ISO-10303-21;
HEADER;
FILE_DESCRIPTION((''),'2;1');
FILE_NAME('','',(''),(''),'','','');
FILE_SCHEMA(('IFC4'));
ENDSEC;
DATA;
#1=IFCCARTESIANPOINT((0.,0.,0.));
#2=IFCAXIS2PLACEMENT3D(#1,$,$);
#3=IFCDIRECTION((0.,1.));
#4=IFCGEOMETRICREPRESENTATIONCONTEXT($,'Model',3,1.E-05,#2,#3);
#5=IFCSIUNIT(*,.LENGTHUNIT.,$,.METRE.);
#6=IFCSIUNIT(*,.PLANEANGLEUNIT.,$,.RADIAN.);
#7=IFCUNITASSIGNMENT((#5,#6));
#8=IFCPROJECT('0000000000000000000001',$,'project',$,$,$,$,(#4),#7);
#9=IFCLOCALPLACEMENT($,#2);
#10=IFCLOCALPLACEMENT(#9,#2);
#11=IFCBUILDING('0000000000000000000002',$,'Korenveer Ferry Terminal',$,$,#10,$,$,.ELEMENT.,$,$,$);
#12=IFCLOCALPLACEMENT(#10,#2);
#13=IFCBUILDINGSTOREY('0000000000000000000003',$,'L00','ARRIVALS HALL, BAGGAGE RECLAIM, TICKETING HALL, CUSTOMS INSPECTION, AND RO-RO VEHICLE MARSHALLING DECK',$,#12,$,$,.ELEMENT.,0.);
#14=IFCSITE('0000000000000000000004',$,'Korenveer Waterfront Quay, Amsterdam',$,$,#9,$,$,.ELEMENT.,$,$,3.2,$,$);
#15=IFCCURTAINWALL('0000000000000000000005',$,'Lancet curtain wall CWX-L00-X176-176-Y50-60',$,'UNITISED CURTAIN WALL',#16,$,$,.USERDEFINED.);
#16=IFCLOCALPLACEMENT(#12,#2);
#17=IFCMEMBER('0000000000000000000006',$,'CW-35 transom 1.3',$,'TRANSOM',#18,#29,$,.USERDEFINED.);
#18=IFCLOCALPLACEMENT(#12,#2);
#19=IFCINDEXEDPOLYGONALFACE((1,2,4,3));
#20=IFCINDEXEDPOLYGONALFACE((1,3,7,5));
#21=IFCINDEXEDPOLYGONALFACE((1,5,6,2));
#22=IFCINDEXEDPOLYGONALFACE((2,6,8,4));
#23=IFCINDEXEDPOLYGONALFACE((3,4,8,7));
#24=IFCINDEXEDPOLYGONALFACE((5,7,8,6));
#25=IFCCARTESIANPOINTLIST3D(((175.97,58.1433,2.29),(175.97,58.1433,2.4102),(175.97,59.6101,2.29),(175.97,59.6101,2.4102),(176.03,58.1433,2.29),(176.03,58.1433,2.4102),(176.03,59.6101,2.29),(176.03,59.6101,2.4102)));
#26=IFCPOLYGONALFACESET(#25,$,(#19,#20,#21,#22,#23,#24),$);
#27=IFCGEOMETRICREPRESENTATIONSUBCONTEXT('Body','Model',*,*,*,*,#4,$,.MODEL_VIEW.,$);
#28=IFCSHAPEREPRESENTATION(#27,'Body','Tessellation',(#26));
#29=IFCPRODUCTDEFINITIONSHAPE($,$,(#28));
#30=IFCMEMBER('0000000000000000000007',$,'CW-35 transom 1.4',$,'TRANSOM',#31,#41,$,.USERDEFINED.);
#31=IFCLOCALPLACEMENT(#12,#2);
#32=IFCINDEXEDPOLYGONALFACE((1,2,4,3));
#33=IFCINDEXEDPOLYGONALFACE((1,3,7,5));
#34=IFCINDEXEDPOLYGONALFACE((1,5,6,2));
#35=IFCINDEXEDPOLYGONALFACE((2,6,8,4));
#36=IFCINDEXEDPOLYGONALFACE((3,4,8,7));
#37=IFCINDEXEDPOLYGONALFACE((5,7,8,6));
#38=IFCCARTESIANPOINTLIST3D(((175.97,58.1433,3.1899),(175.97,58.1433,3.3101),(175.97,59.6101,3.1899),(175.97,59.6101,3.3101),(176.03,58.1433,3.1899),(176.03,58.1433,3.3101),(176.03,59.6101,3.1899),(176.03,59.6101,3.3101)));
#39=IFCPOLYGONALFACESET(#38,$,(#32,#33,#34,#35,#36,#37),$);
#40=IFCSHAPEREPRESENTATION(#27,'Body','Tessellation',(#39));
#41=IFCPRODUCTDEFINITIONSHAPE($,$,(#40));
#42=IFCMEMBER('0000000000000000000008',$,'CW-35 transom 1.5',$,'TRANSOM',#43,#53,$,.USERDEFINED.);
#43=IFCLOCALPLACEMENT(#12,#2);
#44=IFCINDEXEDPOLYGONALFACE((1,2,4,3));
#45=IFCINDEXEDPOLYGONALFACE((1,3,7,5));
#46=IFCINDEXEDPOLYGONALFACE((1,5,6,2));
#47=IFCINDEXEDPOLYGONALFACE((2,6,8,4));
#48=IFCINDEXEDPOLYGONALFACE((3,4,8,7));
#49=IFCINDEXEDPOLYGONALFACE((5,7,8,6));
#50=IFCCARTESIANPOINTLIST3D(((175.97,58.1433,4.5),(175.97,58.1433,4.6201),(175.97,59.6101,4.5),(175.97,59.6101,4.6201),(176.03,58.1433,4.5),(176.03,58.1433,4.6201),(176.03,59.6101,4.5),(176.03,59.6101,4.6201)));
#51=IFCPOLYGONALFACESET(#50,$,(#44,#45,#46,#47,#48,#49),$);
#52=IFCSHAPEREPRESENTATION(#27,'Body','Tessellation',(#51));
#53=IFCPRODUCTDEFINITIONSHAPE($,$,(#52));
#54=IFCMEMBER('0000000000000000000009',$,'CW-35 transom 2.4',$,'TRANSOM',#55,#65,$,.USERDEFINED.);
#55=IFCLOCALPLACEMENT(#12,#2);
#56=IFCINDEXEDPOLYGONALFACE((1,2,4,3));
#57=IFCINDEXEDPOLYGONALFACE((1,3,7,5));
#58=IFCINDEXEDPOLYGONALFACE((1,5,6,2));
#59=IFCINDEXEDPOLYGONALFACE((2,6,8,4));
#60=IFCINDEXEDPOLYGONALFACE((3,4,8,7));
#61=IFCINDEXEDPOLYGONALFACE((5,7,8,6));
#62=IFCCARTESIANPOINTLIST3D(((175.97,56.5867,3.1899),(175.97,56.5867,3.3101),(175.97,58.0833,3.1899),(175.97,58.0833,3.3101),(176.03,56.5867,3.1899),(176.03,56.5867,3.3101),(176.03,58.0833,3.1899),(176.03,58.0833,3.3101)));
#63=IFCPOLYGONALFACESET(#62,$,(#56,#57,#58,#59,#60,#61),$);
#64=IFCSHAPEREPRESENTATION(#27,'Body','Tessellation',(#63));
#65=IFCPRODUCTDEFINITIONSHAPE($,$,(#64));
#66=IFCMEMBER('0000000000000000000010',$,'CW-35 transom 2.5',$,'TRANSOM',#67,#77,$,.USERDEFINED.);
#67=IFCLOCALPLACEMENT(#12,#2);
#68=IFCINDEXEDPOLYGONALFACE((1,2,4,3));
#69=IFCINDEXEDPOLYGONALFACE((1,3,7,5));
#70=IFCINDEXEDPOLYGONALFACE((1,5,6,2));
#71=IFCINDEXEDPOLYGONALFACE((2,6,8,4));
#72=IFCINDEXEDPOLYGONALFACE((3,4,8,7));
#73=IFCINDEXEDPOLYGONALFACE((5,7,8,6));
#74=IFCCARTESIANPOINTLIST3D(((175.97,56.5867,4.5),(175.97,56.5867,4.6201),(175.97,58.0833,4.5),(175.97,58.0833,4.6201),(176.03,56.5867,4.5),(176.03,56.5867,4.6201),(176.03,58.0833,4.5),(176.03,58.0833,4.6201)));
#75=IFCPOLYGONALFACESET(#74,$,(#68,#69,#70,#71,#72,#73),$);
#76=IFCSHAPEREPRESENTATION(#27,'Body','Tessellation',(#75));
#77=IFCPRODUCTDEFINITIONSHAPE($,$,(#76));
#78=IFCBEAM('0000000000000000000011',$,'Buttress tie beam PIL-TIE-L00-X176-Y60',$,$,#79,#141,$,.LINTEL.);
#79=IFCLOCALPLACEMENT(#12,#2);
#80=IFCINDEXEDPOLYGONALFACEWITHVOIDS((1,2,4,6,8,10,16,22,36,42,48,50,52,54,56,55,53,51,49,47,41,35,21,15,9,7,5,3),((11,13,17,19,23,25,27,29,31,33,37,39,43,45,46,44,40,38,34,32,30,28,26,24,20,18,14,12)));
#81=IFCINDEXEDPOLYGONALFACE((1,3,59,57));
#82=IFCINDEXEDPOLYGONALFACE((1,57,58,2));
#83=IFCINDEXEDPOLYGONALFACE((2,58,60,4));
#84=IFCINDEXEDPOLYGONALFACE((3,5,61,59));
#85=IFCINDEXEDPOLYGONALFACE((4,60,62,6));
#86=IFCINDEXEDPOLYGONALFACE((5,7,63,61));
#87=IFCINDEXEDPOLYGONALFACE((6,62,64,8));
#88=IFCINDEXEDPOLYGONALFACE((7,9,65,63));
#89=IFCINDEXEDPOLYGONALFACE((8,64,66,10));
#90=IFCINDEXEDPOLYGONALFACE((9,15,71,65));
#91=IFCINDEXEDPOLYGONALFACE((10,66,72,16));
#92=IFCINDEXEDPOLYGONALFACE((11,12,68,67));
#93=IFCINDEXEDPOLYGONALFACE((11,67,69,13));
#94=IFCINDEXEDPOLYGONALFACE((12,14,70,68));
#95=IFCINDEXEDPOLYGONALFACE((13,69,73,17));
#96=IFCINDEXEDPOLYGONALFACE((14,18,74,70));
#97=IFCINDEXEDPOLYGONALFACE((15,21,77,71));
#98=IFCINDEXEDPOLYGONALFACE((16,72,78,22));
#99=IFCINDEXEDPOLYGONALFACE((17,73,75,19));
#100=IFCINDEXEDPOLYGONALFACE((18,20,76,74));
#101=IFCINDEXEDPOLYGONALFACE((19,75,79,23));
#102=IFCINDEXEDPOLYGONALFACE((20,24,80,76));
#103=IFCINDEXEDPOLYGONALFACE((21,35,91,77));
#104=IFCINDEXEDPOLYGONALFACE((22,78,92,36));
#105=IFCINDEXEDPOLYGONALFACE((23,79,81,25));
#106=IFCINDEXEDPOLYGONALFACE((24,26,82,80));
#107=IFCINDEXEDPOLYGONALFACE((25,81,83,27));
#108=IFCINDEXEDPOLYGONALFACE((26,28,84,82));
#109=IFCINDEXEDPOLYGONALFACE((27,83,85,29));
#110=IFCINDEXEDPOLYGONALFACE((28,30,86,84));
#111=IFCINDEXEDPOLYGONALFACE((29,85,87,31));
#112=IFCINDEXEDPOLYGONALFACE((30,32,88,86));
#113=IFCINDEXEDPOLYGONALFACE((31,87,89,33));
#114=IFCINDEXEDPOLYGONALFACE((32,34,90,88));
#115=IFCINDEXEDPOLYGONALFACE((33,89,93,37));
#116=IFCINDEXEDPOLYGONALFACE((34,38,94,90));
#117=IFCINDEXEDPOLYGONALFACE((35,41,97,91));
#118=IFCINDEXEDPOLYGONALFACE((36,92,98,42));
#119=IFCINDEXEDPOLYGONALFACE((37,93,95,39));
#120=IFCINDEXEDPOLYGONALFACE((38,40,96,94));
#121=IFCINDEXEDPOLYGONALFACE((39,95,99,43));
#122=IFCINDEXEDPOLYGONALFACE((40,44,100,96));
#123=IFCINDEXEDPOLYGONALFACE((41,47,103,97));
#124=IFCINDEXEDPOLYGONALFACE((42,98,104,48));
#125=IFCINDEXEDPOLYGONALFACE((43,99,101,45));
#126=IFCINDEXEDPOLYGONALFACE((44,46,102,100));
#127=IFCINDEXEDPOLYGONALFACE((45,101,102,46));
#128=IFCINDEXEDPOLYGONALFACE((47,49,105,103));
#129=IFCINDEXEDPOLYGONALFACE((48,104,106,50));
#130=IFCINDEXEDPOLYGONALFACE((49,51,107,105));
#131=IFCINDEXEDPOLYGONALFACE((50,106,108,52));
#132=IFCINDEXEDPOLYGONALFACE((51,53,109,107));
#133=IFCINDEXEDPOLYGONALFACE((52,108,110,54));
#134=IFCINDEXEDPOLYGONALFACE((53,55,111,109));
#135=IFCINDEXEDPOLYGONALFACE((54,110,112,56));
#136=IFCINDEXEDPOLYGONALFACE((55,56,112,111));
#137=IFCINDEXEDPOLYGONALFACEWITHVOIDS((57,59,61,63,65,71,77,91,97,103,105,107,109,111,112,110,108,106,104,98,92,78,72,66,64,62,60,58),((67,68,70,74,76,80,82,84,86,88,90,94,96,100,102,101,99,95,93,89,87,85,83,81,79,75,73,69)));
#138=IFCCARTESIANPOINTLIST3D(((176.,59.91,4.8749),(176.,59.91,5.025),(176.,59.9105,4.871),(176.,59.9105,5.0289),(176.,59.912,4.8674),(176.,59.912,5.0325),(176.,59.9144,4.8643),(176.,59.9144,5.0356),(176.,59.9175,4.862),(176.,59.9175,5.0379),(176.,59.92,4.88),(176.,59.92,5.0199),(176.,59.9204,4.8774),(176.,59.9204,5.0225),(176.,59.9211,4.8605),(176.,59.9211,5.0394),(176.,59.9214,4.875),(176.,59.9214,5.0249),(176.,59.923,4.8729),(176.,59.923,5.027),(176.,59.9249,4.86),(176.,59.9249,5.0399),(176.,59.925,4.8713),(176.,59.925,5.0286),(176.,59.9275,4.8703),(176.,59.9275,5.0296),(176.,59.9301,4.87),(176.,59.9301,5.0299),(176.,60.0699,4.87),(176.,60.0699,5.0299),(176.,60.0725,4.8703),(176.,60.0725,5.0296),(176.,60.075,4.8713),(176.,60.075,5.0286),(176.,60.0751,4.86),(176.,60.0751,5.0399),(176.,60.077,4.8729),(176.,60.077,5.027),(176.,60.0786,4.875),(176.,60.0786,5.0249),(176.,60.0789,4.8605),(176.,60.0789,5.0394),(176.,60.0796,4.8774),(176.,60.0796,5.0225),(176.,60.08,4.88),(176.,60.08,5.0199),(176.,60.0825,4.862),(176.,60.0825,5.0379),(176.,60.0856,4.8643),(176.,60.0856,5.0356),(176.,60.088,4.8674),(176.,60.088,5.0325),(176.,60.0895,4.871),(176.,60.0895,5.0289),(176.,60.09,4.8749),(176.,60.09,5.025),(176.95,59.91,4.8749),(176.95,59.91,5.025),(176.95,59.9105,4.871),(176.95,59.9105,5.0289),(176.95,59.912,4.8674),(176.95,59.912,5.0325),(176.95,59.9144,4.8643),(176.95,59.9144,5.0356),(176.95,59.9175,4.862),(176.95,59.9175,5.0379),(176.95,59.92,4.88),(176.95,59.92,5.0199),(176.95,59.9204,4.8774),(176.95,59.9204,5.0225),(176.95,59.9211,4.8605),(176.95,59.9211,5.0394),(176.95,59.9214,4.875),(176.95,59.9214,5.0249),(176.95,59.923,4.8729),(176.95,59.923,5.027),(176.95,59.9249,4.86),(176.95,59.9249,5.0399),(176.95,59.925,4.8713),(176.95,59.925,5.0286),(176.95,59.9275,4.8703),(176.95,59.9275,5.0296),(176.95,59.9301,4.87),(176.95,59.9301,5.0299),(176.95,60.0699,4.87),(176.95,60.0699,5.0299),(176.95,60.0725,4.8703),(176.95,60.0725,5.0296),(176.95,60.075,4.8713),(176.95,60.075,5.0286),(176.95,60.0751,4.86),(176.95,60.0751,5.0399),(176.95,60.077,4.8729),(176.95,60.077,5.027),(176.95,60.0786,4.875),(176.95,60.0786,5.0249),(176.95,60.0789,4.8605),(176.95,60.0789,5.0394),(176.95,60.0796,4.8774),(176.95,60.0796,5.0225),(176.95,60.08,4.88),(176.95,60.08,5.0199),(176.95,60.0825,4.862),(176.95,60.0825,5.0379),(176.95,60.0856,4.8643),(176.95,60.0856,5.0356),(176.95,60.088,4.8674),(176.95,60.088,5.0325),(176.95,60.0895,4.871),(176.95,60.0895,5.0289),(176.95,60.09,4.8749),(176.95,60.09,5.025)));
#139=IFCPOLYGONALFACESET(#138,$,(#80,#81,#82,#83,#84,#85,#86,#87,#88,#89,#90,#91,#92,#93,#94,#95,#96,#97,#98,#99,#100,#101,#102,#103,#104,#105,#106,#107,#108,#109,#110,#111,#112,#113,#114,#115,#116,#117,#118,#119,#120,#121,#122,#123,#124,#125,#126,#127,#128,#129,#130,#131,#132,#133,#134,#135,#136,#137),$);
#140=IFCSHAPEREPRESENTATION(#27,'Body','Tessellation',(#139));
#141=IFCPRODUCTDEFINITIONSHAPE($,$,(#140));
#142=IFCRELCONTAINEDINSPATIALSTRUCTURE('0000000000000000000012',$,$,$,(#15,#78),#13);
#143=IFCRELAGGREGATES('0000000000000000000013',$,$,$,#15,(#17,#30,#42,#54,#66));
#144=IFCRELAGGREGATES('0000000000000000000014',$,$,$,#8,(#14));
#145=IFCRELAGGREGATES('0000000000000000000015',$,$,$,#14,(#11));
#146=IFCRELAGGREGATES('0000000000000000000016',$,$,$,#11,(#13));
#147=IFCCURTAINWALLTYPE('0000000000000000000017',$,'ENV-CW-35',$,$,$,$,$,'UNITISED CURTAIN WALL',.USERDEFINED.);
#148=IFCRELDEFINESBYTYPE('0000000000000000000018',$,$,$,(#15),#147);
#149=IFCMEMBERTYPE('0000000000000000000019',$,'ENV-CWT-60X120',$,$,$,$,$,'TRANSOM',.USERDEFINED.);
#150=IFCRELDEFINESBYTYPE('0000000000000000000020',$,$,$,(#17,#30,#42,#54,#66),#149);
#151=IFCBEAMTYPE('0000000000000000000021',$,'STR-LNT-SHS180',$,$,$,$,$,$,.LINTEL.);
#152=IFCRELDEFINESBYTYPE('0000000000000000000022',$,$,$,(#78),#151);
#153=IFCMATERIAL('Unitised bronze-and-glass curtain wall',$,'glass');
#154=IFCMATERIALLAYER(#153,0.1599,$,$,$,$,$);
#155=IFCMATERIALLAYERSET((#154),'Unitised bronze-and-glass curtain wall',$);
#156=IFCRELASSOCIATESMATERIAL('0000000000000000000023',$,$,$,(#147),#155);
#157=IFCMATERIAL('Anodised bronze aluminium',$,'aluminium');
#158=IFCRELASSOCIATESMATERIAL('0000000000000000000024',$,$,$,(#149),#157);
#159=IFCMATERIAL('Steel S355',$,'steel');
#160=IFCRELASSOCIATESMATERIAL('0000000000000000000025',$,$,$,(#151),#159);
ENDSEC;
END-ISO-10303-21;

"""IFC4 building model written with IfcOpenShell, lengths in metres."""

from ifc_helpers import new_model, si_unit, direction, frame, origin, origin_2d, place, context, subcontext, project, spatial, rectangle, hollow_rectangle, extrude, material, layer, layer_set, material_profile, profile_set, type_object, element, aggregate, save


model = new_model("IFC4")

# Units and contexts
model_context = context("Model", 3, precision=1e-05, world=origin(), true_north=direction((0.0, 1.0)))
body_context = subcontext(model_context, "Body", "Model", "MODEL_VIEW")
ifc_project = project(units=[si_unit("LENGTHUNIT", "METRE"), si_unit("PLANEANGLEUNIT", "RADIAN")], contexts=[model_context])

# Site, building, storey
site_placement = place(None, origin())
site = spatial("IfcSite", under=ifc_project, at=site_placement, Name="Korenveer Waterfront Quay, Amsterdam", CompositionType="ELEMENT", RefElevation=3.2)
building_placement = place(site_placement, origin())
building = spatial("IfcBuilding", under=site, at=building_placement, Name="Korenveer Ferry Terminal", CompositionType="ELEMENT")
storey_placement = place(building_placement, origin())
storey = spatial("IfcBuildingStorey", under=building, at=storey_placement, Name="L00", Description="ARRIVALS HALL, BAGGAGE RECLAIM, TICKETING HALL, CUSTOMS INSPECTION, AND RO-RO VEHICLE MARSHALLING DECK", CompositionType="ELEMENT", Elevation=0.0)

# Curtain wall, members
ifc_material_1 = material(Name="Unitised bronze-and-glass curtain wall", Category="glass")
ifc_layer_1 = layer(ifc_material_1, 0.1599)
ifc_layer_set_1 = layer_set([ifc_layer_1], Name="Unitised bronze-and-glass curtain wall")
curtain_wall_type = type_object("IfcCurtainWallType", Name="ENV-CW-35", ElementType="UNITISED CURTAIN WALL", PredefinedType="USERDEFINED", material=ifc_layer_set_1)
curtain_wall_placement = place(storey_placement, frame((176.0, 59.6699, 0.0)))
curtain_wall = element("IfcCurtainWall", 1, at=curtain_wall_placement, inside=storey, type_object=curtain_wall_type, Name="Lancet curtain wall CWX-L00-X176-176-Y50-60", ObjectType="UNITISED CURTAIN WALL", PredefinedType="USERDEFINED")
ifc_material_2 = material(Name="Anodised bronze aluminium", Category="aluminium")
ifc_material_profile_1 = material_profile(ifc_material_2, rectangle(XDim=0.0601, YDim=0.1201, at=origin_2d()), Name="ALU 60x120")
ifc_profile_set_1 = profile_set([ifc_material_profile_1], Name="Anodised bronze aluminium")
member_type_1 = type_object("IfcMemberType", Name="ENV-CWT-60X120", ElementType="TRANSOM", PredefinedType="USERDEFINED", material=ifc_profile_set_1)
member_1_placement = place(storey_placement, frame((176.0, 59.6101, 2.3501), z_axis=(0.0, -1.0, 0.0), x_axis=(1.0, 0.0, 0.0)))
member_1 = element("IfcMember", 2, at=member_1_placement, type_object=member_type_1, Name="CW-35 transom 1.3", ObjectType="TRANSOM", PredefinedType="USERDEFINED", context=body_context, shape_type="SweptSolid", body=[
    extrude(rectangle(XDim=0.0601, YDim=0.1201, at=origin_2d()), origin(), (0.0, 0.0, 1.0), 1.4668),
])
member_2_placement = place(storey_placement, frame((176.0, 59.6101, 3.25), z_axis=(0.0, -1.0, 0.0), x_axis=(1.0, 0.0, 0.0)))
member_2 = element("IfcMember", 3, at=member_2_placement, type_object=member_type_1, Name="CW-35 transom 1.4", ObjectType="TRANSOM", PredefinedType="USERDEFINED", context=body_context, shape_type="SweptSolid", body=[
    extrude(rectangle(XDim=0.0601, YDim=0.1201, at=origin_2d()), origin(), (0.0, 0.0, 1.0), 1.4668),
])
member_3_placement = place(storey_placement, frame((176.0, 59.6101, 4.5601), z_axis=(0.0, -1.0, 0.0), x_axis=(1.0, 0.0, 0.0)))
member_3 = element("IfcMember", 4, at=member_3_placement, type_object=member_type_1, Name="CW-35 transom 1.5", ObjectType="TRANSOM", PredefinedType="USERDEFINED", context=body_context, shape_type="SweptSolid", body=[
    extrude(rectangle(XDim=0.0601, YDim=0.1201, at=origin_2d()), origin(), (0.0, 0.0, 1.0), 1.4668),
])
member_4_placement = place(storey_placement, frame((176.0, 58.0833, 3.25), z_axis=(0.0, -1.0, 0.0), x_axis=(1.0, 0.0, 0.0)))
member_4 = element("IfcMember", 5, at=member_4_placement, type_object=member_type_1, Name="CW-35 transom 2.4", ObjectType="TRANSOM", PredefinedType="USERDEFINED", context=body_context, shape_type="SweptSolid", body=[
    extrude(rectangle(XDim=0.0601, YDim=0.1201, at=origin_2d()), origin(), (0.0, 0.0, 1.0), 1.4966),
])
member_5_placement = place(storey_placement, frame((176.0, 58.0833, 4.5601), z_axis=(0.0, -1.0, 0.0), x_axis=(1.0, 0.0, 0.0)))
member_5 = element("IfcMember", 6, at=member_5_placement, type_object=member_type_1, Name="CW-35 transom 2.5", ObjectType="TRANSOM", PredefinedType="USERDEFINED", context=body_context, shape_type="SweptSolid", body=[
    extrude(rectangle(XDim=0.0601, YDim=0.1201, at=origin_2d()), origin(), (0.0, 0.0, 1.0), 1.4966),
])

# Beam
ifc_material_3 = material(Name="Steel S355", Category="steel")
ifc_material_profile_2 = material_profile(ifc_material_3, hollow_rectangle(XDim=0.1799, YDim=0.1799, WallThickness=0.01, InnerFilletRadius=0.01, OuterFilletRadius=0.0149, at=origin_2d()), Name="SHS 180x180x10")
ifc_profile_set_2 = profile_set([ifc_material_profile_2], Name="Steel S355")
beam_type_1 = type_object("IfcBeamType", Name="STR-LNT-SHS180", PredefinedType="LINTEL", material=ifc_profile_set_2)
beam_1_placement = place(storey_placement, frame((176.0, 60.0, 4.95), z_axis=(1.0, 0.0, 0.0), x_axis=(0.0, 1.0, 0.0)))
element("IfcBeam", 7, at=beam_1_placement, inside=storey, type_object=beam_type_1, Name="Buttress tie beam PIL-TIE-L00-X176-Y60", PredefinedType="LINTEL", context=body_context, shape_type="SweptSolid", body=[
    extrude(hollow_rectangle(XDim=0.1799, YDim=0.1799, WallThickness=0.01, InnerFilletRadius=0.01, OuterFilletRadius=0.0149, at=origin_2d()), origin(), (0.0, 0.0, 1.0), 0.95),
])

aggregate(curtain_wall, [member_1, member_2, member_3, member_4, member_5])

save(model, "model.ifc")
